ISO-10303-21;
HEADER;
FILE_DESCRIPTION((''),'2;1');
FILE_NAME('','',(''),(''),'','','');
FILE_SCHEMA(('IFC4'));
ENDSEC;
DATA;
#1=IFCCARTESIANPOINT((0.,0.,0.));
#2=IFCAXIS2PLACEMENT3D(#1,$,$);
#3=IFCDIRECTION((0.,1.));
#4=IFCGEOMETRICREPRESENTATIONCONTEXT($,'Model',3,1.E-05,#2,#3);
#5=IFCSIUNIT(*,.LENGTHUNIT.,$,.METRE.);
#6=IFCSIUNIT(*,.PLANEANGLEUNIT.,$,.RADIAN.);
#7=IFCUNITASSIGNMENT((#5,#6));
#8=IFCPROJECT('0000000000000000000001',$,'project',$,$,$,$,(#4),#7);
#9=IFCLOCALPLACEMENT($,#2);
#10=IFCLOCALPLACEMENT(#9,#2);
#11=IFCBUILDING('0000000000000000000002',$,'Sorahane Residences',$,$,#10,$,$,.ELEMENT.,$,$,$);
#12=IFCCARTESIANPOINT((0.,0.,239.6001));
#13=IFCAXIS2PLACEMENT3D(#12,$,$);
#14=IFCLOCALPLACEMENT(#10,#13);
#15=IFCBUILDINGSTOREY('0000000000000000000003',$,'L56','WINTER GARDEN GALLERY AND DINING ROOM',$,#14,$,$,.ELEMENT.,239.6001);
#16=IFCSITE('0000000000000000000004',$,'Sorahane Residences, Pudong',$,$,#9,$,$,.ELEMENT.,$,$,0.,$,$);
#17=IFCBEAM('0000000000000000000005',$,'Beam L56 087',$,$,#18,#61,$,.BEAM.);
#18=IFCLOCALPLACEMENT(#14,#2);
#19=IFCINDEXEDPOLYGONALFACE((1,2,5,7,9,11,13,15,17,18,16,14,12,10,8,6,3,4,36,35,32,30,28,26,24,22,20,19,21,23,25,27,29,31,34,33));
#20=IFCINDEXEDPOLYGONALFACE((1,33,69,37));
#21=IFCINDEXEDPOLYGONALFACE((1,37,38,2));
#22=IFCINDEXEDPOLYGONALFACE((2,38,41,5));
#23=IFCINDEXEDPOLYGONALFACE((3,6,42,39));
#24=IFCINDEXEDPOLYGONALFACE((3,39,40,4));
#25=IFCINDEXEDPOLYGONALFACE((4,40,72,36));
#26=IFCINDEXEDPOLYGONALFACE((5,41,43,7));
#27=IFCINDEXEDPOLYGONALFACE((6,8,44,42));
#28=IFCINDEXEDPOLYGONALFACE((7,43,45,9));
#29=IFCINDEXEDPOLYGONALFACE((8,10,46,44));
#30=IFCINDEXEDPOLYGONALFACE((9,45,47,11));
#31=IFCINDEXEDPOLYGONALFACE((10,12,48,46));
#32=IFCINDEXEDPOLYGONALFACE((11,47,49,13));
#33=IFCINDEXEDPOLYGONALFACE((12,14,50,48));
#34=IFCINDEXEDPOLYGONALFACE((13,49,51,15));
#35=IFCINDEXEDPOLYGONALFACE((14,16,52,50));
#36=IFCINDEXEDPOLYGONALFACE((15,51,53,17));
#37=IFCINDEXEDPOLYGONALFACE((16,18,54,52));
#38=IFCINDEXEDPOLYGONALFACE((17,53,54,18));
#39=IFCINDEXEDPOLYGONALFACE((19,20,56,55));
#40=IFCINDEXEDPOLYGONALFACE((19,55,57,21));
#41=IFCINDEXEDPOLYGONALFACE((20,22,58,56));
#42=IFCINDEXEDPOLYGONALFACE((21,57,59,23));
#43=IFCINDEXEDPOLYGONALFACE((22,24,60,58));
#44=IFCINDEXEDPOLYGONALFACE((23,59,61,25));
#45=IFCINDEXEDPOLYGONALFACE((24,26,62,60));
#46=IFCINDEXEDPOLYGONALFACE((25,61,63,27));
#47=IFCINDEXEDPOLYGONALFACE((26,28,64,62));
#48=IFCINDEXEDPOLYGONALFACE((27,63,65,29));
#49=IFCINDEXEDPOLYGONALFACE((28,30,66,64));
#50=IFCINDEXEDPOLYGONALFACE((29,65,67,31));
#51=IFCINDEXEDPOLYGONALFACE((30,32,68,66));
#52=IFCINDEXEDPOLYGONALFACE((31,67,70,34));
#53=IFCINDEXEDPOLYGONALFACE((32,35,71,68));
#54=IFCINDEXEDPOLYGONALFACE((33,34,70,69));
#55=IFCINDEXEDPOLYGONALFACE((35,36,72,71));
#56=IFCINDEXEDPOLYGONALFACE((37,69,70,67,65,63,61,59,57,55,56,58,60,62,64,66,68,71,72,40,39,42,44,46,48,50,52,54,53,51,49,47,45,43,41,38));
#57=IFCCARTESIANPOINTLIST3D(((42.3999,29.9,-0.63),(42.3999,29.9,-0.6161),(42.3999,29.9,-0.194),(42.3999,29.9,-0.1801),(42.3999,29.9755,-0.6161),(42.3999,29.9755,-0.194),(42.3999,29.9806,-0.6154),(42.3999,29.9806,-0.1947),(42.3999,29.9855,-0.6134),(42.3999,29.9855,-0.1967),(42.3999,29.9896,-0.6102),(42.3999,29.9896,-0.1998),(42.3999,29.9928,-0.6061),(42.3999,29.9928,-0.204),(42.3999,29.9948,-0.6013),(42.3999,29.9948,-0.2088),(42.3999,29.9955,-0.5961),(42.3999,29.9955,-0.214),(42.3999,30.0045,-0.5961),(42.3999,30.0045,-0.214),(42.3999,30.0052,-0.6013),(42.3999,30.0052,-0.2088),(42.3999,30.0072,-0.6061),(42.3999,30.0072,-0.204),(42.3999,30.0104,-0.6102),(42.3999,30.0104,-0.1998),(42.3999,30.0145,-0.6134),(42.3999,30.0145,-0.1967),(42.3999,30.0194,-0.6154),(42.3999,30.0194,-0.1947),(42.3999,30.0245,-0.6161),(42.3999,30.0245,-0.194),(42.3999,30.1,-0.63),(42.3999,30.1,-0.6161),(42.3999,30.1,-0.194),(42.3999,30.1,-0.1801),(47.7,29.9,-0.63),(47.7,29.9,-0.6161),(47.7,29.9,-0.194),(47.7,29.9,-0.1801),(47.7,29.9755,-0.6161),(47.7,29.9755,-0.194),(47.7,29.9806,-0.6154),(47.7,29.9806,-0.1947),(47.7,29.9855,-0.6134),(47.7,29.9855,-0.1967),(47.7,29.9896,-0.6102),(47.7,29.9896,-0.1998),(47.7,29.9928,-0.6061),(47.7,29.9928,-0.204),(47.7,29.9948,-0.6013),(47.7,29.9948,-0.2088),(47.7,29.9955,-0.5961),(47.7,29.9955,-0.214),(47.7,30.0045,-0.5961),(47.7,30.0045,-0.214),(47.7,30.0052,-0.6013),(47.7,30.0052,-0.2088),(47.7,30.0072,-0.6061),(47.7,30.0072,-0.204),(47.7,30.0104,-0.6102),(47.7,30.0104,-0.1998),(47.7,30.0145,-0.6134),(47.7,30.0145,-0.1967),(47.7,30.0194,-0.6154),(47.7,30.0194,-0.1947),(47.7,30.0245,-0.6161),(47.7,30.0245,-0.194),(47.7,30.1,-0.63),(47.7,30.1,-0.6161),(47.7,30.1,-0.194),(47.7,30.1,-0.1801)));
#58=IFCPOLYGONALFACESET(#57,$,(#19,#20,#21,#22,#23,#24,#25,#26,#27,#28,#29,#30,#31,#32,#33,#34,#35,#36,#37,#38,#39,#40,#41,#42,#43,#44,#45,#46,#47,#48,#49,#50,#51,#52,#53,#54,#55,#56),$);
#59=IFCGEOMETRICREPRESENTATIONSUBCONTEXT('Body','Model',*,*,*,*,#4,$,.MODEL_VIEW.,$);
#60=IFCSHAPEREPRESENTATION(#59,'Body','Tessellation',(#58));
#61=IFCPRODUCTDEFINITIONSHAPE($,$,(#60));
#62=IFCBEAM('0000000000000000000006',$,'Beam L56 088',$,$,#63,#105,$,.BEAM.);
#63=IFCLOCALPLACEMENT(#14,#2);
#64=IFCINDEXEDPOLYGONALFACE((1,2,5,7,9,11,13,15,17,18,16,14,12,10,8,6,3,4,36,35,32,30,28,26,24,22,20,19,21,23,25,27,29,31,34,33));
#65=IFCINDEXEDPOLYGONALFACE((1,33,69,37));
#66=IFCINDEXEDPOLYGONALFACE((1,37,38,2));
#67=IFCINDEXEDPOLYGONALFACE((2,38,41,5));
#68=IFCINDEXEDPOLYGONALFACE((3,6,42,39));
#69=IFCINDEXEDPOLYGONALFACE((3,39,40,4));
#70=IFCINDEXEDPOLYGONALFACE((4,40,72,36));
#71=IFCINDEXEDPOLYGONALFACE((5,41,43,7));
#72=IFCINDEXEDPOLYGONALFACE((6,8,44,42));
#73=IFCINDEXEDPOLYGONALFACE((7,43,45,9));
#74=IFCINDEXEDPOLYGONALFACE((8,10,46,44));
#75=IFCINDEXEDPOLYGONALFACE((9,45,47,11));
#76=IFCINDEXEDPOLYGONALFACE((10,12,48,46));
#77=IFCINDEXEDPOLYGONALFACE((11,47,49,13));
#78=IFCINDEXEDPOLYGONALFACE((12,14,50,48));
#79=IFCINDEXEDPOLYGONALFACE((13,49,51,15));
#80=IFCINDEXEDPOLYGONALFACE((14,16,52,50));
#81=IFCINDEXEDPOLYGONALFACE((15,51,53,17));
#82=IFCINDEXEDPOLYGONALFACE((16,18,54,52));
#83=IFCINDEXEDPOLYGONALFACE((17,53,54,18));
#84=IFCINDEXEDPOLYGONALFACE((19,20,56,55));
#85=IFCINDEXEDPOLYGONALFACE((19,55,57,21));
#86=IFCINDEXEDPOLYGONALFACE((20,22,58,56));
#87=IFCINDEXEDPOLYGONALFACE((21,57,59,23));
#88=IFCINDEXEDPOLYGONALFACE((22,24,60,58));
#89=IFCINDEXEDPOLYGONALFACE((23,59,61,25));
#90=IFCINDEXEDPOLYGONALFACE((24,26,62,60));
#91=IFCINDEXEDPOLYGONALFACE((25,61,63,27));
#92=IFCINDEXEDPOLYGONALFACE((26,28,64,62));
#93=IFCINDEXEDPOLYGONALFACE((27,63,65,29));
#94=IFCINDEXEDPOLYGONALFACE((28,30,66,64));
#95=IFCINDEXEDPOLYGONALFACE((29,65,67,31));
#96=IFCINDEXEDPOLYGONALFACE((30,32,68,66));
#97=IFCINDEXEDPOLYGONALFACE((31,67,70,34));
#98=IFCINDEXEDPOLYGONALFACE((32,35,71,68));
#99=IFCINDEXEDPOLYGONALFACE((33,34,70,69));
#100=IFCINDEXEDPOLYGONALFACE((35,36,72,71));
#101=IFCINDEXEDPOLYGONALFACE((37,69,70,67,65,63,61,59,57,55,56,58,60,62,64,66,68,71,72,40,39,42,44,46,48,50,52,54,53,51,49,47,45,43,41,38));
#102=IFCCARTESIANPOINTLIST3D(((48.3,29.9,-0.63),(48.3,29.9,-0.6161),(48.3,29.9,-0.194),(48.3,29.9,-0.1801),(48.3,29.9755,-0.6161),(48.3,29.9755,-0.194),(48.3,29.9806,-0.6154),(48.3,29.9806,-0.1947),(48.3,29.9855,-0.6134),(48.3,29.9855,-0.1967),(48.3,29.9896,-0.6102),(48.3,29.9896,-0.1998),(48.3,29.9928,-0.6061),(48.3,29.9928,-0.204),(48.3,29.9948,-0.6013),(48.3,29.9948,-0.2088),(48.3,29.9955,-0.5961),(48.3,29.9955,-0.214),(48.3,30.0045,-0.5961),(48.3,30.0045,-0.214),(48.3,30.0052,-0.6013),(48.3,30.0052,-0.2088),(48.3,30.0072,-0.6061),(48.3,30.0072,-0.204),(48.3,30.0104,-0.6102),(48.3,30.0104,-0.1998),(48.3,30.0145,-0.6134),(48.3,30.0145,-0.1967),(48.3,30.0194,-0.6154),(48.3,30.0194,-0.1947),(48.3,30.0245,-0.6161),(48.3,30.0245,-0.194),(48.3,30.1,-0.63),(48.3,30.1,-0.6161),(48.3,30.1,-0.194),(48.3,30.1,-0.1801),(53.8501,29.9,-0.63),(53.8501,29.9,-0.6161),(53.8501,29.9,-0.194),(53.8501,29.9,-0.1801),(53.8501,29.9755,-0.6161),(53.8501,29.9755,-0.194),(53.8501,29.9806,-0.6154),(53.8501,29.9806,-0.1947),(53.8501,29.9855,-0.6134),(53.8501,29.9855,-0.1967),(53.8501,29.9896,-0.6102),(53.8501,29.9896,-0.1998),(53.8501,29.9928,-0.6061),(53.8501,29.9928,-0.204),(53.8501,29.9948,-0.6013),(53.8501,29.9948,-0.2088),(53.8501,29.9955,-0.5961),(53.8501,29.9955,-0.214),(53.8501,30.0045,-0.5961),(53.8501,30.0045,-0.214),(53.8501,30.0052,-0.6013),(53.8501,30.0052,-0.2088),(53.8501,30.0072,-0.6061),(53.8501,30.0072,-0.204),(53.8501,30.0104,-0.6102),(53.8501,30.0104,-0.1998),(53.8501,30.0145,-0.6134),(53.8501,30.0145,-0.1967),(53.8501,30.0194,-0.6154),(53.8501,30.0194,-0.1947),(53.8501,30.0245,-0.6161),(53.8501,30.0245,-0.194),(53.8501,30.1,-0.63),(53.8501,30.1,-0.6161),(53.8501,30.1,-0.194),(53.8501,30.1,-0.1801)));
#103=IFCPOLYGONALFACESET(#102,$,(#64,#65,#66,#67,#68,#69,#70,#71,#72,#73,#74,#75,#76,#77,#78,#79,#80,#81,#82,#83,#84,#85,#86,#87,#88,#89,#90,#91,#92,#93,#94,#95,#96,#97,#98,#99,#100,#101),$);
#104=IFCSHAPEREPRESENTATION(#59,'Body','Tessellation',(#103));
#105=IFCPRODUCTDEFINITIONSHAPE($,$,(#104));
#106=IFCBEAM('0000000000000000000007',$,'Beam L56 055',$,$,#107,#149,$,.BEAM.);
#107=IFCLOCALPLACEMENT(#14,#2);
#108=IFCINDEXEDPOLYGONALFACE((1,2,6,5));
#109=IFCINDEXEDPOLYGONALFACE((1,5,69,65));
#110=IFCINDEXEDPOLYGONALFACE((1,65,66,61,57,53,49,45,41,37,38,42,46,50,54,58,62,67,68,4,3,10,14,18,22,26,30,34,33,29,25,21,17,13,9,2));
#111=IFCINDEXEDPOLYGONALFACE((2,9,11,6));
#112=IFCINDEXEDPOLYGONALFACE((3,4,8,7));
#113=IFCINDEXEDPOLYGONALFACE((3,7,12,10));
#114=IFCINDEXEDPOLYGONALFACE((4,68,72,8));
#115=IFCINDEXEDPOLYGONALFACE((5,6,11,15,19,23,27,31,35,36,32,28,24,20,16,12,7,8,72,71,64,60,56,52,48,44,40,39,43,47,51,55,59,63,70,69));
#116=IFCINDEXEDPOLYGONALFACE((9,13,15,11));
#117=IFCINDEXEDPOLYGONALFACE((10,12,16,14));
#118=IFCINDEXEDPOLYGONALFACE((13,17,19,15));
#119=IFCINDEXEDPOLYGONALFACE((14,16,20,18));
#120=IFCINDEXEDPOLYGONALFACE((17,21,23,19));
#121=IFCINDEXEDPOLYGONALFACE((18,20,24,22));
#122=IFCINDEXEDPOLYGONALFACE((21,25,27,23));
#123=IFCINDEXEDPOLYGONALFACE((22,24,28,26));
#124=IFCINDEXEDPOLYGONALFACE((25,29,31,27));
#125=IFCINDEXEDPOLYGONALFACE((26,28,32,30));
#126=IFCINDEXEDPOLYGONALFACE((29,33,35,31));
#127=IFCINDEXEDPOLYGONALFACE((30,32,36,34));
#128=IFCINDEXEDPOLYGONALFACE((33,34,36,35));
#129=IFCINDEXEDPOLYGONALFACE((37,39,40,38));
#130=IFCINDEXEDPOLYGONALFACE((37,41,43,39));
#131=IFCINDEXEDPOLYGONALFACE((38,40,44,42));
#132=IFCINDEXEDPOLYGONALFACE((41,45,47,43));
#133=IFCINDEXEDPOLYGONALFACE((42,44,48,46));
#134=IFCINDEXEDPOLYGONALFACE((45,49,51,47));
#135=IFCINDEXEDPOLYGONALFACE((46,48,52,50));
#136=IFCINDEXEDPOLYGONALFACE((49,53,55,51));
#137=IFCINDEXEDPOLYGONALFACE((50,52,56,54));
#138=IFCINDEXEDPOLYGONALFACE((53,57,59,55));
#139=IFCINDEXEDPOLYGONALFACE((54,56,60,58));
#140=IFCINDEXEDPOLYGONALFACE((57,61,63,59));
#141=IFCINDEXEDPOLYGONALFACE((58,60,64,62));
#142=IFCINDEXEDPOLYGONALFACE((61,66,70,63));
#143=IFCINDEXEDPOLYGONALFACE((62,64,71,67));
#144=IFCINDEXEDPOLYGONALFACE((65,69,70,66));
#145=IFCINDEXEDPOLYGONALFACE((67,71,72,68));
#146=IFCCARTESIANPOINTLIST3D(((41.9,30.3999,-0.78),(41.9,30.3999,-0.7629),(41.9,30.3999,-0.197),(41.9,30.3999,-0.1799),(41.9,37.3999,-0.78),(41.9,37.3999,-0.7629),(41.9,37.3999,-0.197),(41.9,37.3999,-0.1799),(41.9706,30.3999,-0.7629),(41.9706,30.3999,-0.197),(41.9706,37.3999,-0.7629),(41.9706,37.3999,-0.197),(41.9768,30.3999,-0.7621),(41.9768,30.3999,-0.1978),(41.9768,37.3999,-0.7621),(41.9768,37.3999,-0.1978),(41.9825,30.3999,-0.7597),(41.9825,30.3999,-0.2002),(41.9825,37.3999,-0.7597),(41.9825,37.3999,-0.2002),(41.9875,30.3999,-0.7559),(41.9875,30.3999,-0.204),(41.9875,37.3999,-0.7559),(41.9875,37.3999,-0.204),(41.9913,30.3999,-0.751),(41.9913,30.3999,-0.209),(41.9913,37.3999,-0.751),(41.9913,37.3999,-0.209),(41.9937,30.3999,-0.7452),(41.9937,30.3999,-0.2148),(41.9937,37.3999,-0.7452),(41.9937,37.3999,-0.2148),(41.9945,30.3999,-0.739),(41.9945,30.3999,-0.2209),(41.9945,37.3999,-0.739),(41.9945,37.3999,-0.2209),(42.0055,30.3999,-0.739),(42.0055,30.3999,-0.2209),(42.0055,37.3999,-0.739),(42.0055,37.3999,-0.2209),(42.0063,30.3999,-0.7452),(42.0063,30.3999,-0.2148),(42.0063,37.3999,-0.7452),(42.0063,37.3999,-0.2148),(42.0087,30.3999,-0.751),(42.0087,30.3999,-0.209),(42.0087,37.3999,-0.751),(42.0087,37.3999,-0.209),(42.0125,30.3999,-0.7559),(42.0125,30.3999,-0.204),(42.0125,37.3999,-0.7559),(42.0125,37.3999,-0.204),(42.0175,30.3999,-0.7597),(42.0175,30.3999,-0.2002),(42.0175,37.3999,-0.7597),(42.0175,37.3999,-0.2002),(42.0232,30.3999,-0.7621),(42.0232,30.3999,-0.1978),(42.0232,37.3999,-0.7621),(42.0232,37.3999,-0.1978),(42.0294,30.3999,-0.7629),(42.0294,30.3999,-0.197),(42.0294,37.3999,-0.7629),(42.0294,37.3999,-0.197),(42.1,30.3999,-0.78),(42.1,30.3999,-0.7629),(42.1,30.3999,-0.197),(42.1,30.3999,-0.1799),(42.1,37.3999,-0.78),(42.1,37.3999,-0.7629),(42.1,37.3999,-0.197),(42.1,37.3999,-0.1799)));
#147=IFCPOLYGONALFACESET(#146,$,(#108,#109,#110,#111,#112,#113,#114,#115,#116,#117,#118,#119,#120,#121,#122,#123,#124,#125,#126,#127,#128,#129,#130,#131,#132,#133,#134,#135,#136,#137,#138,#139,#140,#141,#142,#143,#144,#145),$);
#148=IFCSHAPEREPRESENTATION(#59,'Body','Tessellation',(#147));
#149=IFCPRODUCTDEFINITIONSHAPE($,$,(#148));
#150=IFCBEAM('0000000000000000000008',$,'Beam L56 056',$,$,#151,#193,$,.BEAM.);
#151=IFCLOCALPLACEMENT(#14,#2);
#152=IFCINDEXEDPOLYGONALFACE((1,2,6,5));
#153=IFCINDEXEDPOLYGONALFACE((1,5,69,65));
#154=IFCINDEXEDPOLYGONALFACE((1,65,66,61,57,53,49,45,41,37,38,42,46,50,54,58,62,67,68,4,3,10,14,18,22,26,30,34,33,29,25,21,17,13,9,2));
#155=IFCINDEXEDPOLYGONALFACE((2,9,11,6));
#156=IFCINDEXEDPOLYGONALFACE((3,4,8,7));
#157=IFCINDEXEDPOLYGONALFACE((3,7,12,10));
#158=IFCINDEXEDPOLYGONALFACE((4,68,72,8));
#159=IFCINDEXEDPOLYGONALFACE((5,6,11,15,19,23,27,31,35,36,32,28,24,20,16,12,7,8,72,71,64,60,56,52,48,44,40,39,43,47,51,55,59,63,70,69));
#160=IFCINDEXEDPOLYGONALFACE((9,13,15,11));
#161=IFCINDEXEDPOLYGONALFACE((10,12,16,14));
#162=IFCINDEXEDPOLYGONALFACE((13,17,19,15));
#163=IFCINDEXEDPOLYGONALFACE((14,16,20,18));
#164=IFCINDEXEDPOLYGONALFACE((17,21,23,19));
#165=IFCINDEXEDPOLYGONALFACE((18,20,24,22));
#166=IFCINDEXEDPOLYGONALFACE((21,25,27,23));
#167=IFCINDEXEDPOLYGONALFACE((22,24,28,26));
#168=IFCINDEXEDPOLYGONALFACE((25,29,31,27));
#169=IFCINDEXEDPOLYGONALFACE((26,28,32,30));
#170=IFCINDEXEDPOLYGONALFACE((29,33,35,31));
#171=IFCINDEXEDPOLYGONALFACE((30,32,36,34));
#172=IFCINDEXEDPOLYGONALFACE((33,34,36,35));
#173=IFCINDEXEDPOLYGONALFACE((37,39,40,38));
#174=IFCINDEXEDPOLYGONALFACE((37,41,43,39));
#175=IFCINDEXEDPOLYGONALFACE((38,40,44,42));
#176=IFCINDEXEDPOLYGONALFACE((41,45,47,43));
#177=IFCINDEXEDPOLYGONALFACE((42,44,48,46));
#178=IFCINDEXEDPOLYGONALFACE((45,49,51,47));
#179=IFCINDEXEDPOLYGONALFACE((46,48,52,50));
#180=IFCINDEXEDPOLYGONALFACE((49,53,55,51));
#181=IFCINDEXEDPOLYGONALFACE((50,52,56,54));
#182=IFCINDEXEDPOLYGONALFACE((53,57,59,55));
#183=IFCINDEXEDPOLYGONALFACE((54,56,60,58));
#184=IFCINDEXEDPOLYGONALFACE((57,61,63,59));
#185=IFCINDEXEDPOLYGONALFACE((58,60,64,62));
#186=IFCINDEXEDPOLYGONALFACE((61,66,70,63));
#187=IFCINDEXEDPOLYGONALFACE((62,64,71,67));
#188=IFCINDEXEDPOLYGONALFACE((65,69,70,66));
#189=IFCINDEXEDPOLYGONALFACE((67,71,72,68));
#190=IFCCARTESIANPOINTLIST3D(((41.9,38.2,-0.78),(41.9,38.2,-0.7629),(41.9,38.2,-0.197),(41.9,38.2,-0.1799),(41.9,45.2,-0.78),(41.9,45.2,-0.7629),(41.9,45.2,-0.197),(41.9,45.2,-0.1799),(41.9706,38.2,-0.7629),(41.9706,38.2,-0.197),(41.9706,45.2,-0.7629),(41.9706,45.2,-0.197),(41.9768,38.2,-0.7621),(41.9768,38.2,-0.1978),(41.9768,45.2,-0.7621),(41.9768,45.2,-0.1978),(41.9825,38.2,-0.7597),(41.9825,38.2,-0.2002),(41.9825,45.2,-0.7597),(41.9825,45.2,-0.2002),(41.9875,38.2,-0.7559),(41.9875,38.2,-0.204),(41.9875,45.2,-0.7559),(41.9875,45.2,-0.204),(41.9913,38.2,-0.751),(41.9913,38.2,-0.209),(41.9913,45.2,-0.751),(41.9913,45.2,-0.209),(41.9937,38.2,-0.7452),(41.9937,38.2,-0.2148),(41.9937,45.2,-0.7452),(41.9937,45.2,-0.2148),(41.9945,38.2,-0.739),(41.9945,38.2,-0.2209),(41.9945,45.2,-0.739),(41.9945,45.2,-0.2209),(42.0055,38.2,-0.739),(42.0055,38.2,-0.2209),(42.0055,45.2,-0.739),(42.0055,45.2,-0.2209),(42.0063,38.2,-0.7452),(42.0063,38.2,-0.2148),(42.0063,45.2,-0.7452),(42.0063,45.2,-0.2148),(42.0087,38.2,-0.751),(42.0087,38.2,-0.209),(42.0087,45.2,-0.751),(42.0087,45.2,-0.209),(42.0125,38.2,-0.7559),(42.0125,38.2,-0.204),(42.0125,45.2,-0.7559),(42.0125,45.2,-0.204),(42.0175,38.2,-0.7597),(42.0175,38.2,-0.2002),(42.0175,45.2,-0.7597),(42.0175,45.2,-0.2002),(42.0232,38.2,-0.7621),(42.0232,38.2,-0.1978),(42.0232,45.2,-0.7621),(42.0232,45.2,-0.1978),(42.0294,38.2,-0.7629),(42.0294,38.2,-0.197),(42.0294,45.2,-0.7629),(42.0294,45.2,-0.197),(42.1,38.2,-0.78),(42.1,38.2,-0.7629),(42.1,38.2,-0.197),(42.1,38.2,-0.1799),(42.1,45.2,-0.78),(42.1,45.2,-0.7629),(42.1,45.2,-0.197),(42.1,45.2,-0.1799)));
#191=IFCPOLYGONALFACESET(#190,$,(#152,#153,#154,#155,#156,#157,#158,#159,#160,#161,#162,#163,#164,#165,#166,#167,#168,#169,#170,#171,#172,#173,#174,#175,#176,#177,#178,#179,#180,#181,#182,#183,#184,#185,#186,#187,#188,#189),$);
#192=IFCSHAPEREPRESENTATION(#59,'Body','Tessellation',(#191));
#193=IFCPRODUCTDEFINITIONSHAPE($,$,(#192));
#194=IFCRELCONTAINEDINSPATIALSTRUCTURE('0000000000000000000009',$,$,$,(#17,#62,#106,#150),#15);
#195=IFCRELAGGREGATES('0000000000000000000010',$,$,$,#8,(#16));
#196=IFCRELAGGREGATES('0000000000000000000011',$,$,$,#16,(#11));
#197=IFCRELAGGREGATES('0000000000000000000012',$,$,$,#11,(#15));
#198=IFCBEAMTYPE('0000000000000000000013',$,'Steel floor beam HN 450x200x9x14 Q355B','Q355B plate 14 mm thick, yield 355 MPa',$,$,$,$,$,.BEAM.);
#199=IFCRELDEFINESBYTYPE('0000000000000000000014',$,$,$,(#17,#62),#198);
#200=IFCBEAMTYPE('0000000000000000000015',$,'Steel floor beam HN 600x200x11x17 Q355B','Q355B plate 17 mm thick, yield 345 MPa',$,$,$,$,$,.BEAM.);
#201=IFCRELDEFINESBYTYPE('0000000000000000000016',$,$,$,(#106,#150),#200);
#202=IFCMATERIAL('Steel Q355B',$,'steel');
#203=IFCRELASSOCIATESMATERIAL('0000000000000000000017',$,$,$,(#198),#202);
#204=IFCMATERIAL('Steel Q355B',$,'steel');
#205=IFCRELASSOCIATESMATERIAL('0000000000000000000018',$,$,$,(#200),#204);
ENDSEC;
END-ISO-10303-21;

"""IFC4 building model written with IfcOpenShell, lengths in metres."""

from ifc_helpers import new_model, si_unit, direction, frame, origin, origin_2d, place, context, subcontext, project, spatial, i_section, extrude, material, material_profile, profile_set, type_object, element, save


model = new_model("IFC4")

# Units and contexts
model_context = context("Model", 3, precision=1e-05, world=origin(), true_north=direction((0.0, 1.0)))
body_context = subcontext(model_context, "Body", "Model", "MODEL_VIEW")
ifc_project = project(units=[si_unit("LENGTHUNIT", "METRE"), si_unit("PLANEANGLEUNIT", "RADIAN")], contexts=[model_context])

# Site, building, storey
site_placement = place(None, origin())
site = spatial("IfcSite", under=ifc_project, at=site_placement, Name="Sorahane Residences, Pudong", CompositionType="ELEMENT", RefElevation=0.0)
building_placement = place(site_placement, origin())
building = spatial("IfcBuilding", under=site, at=building_placement, Name="Sorahane Residences", CompositionType="ELEMENT")
storey_placement = place(building_placement, frame((0.0, 0.0, 239.6001)))
storey = spatial("IfcBuildingStorey", under=building, at=storey_placement, Name="L56", Description="WINTER GARDEN GALLERY AND DINING ROOM", CompositionType="ELEMENT", Elevation=239.6001)

# Beams
ifc_material_1 = material(Name="Steel Q355B", Category="steel")
ifc_material_profile_1 = material_profile(ifc_material_1, i_section(OverallWidth=0.2, OverallDepth=0.45, WebThickness=0.009, FlangeThickness=0.0139, FilletRadius=0.02, at=origin_2d()), Name="HN 450x200x9x14")
ifc_profile_set_1 = profile_set([ifc_material_profile_1], Name="Steel Q355B")
beam_type_1 = type_object("IfcBeamType", Name="Steel floor beam HN 450x200x9x14 Q355B", Description="Q355B plate 14 mm thick, yield 355 MPa", PredefinedType="BEAM", material=ifc_profile_set_1)
beam_1_placement = place(storey_placement, frame((42.3999, 30.0, -0.405), z_axis=(1.0, 0.0, 0.0), x_axis=(0.0, 1.0, 0.0)))
element("IfcBeam", 1, at=beam_1_placement, inside=storey, type_object=beam_type_1, Name="Beam L56 087", PredefinedType="BEAM", context=body_context, shape_type="SweptSolid", body=[
    extrude(i_section(OverallWidth=0.2, OverallDepth=0.45, WebThickness=0.009, FlangeThickness=0.0139, FilletRadius=0.02, at=origin_2d()), origin(), (0.0, 0.0, 1.0), 5.3),
])
beam_2_placement = place(storey_placement, frame((48.3, 30.0, -0.405), z_axis=(1.0, 0.0, 0.0), x_axis=(0.0, 1.0, 0.0)))
element("IfcBeam", 2, at=beam_2_placement, inside=storey, type_object=beam_type_1, Name="Beam L56 088", PredefinedType="BEAM", context=body_context, shape_type="SweptSolid", body=[
    extrude(i_section(OverallWidth=0.2, OverallDepth=0.45, WebThickness=0.009, FlangeThickness=0.0139, FilletRadius=0.02, at=origin_2d()), origin(), (0.0, 0.0, 1.0), 5.55),
])
ifc_material_2 = material(Name="Steel Q355B", Category="steel")
ifc_material_profile_2 = material_profile(ifc_material_2, i_section(OverallWidth=0.2, OverallDepth=0.6001, WebThickness=0.011, FlangeThickness=0.0171, FilletRadius=0.0239, at=origin_2d()), Name="HN 600x200x11x17")
ifc_profile_set_2 = profile_set([ifc_material_profile_2], Name="Steel Q355B")
beam_type_2 = type_object("IfcBeamType", Name="Steel floor beam HN 600x200x11x17 Q355B", Description="Q355B plate 17 mm thick, yield 345 MPa", PredefinedType="BEAM", material=ifc_profile_set_2)
for number, where, z_axis, x_axis, name in (
    (3, (42.0, 30.3999, -0.48), (0.0, 1.0, 0.0), (-1.0, 0.0, 0.0), "Beam L56 055"),
    (4, (42.0, 38.2, -0.48), (0.0, 1.0, 0.0), (-1.0, 0.0, 0.0), "Beam L56 056"),
):
    element("IfcBeam", number, at=place(storey_placement, frame(where, z_axis=z_axis, x_axis=x_axis)), inside=storey, type_object=beam_type_2, Name=name, PredefinedType="BEAM", context=body_context, shape_type="SweptSolid", body=[
        extrude(i_section(OverallWidth=0.2, OverallDepth=0.6001, WebThickness=0.011, FlangeThickness=0.0171, FilletRadius=0.0239, at=origin_2d()), origin(), (0.0, 0.0, 1.0), 7.0),
    ])

save(model, "model.ifc")
